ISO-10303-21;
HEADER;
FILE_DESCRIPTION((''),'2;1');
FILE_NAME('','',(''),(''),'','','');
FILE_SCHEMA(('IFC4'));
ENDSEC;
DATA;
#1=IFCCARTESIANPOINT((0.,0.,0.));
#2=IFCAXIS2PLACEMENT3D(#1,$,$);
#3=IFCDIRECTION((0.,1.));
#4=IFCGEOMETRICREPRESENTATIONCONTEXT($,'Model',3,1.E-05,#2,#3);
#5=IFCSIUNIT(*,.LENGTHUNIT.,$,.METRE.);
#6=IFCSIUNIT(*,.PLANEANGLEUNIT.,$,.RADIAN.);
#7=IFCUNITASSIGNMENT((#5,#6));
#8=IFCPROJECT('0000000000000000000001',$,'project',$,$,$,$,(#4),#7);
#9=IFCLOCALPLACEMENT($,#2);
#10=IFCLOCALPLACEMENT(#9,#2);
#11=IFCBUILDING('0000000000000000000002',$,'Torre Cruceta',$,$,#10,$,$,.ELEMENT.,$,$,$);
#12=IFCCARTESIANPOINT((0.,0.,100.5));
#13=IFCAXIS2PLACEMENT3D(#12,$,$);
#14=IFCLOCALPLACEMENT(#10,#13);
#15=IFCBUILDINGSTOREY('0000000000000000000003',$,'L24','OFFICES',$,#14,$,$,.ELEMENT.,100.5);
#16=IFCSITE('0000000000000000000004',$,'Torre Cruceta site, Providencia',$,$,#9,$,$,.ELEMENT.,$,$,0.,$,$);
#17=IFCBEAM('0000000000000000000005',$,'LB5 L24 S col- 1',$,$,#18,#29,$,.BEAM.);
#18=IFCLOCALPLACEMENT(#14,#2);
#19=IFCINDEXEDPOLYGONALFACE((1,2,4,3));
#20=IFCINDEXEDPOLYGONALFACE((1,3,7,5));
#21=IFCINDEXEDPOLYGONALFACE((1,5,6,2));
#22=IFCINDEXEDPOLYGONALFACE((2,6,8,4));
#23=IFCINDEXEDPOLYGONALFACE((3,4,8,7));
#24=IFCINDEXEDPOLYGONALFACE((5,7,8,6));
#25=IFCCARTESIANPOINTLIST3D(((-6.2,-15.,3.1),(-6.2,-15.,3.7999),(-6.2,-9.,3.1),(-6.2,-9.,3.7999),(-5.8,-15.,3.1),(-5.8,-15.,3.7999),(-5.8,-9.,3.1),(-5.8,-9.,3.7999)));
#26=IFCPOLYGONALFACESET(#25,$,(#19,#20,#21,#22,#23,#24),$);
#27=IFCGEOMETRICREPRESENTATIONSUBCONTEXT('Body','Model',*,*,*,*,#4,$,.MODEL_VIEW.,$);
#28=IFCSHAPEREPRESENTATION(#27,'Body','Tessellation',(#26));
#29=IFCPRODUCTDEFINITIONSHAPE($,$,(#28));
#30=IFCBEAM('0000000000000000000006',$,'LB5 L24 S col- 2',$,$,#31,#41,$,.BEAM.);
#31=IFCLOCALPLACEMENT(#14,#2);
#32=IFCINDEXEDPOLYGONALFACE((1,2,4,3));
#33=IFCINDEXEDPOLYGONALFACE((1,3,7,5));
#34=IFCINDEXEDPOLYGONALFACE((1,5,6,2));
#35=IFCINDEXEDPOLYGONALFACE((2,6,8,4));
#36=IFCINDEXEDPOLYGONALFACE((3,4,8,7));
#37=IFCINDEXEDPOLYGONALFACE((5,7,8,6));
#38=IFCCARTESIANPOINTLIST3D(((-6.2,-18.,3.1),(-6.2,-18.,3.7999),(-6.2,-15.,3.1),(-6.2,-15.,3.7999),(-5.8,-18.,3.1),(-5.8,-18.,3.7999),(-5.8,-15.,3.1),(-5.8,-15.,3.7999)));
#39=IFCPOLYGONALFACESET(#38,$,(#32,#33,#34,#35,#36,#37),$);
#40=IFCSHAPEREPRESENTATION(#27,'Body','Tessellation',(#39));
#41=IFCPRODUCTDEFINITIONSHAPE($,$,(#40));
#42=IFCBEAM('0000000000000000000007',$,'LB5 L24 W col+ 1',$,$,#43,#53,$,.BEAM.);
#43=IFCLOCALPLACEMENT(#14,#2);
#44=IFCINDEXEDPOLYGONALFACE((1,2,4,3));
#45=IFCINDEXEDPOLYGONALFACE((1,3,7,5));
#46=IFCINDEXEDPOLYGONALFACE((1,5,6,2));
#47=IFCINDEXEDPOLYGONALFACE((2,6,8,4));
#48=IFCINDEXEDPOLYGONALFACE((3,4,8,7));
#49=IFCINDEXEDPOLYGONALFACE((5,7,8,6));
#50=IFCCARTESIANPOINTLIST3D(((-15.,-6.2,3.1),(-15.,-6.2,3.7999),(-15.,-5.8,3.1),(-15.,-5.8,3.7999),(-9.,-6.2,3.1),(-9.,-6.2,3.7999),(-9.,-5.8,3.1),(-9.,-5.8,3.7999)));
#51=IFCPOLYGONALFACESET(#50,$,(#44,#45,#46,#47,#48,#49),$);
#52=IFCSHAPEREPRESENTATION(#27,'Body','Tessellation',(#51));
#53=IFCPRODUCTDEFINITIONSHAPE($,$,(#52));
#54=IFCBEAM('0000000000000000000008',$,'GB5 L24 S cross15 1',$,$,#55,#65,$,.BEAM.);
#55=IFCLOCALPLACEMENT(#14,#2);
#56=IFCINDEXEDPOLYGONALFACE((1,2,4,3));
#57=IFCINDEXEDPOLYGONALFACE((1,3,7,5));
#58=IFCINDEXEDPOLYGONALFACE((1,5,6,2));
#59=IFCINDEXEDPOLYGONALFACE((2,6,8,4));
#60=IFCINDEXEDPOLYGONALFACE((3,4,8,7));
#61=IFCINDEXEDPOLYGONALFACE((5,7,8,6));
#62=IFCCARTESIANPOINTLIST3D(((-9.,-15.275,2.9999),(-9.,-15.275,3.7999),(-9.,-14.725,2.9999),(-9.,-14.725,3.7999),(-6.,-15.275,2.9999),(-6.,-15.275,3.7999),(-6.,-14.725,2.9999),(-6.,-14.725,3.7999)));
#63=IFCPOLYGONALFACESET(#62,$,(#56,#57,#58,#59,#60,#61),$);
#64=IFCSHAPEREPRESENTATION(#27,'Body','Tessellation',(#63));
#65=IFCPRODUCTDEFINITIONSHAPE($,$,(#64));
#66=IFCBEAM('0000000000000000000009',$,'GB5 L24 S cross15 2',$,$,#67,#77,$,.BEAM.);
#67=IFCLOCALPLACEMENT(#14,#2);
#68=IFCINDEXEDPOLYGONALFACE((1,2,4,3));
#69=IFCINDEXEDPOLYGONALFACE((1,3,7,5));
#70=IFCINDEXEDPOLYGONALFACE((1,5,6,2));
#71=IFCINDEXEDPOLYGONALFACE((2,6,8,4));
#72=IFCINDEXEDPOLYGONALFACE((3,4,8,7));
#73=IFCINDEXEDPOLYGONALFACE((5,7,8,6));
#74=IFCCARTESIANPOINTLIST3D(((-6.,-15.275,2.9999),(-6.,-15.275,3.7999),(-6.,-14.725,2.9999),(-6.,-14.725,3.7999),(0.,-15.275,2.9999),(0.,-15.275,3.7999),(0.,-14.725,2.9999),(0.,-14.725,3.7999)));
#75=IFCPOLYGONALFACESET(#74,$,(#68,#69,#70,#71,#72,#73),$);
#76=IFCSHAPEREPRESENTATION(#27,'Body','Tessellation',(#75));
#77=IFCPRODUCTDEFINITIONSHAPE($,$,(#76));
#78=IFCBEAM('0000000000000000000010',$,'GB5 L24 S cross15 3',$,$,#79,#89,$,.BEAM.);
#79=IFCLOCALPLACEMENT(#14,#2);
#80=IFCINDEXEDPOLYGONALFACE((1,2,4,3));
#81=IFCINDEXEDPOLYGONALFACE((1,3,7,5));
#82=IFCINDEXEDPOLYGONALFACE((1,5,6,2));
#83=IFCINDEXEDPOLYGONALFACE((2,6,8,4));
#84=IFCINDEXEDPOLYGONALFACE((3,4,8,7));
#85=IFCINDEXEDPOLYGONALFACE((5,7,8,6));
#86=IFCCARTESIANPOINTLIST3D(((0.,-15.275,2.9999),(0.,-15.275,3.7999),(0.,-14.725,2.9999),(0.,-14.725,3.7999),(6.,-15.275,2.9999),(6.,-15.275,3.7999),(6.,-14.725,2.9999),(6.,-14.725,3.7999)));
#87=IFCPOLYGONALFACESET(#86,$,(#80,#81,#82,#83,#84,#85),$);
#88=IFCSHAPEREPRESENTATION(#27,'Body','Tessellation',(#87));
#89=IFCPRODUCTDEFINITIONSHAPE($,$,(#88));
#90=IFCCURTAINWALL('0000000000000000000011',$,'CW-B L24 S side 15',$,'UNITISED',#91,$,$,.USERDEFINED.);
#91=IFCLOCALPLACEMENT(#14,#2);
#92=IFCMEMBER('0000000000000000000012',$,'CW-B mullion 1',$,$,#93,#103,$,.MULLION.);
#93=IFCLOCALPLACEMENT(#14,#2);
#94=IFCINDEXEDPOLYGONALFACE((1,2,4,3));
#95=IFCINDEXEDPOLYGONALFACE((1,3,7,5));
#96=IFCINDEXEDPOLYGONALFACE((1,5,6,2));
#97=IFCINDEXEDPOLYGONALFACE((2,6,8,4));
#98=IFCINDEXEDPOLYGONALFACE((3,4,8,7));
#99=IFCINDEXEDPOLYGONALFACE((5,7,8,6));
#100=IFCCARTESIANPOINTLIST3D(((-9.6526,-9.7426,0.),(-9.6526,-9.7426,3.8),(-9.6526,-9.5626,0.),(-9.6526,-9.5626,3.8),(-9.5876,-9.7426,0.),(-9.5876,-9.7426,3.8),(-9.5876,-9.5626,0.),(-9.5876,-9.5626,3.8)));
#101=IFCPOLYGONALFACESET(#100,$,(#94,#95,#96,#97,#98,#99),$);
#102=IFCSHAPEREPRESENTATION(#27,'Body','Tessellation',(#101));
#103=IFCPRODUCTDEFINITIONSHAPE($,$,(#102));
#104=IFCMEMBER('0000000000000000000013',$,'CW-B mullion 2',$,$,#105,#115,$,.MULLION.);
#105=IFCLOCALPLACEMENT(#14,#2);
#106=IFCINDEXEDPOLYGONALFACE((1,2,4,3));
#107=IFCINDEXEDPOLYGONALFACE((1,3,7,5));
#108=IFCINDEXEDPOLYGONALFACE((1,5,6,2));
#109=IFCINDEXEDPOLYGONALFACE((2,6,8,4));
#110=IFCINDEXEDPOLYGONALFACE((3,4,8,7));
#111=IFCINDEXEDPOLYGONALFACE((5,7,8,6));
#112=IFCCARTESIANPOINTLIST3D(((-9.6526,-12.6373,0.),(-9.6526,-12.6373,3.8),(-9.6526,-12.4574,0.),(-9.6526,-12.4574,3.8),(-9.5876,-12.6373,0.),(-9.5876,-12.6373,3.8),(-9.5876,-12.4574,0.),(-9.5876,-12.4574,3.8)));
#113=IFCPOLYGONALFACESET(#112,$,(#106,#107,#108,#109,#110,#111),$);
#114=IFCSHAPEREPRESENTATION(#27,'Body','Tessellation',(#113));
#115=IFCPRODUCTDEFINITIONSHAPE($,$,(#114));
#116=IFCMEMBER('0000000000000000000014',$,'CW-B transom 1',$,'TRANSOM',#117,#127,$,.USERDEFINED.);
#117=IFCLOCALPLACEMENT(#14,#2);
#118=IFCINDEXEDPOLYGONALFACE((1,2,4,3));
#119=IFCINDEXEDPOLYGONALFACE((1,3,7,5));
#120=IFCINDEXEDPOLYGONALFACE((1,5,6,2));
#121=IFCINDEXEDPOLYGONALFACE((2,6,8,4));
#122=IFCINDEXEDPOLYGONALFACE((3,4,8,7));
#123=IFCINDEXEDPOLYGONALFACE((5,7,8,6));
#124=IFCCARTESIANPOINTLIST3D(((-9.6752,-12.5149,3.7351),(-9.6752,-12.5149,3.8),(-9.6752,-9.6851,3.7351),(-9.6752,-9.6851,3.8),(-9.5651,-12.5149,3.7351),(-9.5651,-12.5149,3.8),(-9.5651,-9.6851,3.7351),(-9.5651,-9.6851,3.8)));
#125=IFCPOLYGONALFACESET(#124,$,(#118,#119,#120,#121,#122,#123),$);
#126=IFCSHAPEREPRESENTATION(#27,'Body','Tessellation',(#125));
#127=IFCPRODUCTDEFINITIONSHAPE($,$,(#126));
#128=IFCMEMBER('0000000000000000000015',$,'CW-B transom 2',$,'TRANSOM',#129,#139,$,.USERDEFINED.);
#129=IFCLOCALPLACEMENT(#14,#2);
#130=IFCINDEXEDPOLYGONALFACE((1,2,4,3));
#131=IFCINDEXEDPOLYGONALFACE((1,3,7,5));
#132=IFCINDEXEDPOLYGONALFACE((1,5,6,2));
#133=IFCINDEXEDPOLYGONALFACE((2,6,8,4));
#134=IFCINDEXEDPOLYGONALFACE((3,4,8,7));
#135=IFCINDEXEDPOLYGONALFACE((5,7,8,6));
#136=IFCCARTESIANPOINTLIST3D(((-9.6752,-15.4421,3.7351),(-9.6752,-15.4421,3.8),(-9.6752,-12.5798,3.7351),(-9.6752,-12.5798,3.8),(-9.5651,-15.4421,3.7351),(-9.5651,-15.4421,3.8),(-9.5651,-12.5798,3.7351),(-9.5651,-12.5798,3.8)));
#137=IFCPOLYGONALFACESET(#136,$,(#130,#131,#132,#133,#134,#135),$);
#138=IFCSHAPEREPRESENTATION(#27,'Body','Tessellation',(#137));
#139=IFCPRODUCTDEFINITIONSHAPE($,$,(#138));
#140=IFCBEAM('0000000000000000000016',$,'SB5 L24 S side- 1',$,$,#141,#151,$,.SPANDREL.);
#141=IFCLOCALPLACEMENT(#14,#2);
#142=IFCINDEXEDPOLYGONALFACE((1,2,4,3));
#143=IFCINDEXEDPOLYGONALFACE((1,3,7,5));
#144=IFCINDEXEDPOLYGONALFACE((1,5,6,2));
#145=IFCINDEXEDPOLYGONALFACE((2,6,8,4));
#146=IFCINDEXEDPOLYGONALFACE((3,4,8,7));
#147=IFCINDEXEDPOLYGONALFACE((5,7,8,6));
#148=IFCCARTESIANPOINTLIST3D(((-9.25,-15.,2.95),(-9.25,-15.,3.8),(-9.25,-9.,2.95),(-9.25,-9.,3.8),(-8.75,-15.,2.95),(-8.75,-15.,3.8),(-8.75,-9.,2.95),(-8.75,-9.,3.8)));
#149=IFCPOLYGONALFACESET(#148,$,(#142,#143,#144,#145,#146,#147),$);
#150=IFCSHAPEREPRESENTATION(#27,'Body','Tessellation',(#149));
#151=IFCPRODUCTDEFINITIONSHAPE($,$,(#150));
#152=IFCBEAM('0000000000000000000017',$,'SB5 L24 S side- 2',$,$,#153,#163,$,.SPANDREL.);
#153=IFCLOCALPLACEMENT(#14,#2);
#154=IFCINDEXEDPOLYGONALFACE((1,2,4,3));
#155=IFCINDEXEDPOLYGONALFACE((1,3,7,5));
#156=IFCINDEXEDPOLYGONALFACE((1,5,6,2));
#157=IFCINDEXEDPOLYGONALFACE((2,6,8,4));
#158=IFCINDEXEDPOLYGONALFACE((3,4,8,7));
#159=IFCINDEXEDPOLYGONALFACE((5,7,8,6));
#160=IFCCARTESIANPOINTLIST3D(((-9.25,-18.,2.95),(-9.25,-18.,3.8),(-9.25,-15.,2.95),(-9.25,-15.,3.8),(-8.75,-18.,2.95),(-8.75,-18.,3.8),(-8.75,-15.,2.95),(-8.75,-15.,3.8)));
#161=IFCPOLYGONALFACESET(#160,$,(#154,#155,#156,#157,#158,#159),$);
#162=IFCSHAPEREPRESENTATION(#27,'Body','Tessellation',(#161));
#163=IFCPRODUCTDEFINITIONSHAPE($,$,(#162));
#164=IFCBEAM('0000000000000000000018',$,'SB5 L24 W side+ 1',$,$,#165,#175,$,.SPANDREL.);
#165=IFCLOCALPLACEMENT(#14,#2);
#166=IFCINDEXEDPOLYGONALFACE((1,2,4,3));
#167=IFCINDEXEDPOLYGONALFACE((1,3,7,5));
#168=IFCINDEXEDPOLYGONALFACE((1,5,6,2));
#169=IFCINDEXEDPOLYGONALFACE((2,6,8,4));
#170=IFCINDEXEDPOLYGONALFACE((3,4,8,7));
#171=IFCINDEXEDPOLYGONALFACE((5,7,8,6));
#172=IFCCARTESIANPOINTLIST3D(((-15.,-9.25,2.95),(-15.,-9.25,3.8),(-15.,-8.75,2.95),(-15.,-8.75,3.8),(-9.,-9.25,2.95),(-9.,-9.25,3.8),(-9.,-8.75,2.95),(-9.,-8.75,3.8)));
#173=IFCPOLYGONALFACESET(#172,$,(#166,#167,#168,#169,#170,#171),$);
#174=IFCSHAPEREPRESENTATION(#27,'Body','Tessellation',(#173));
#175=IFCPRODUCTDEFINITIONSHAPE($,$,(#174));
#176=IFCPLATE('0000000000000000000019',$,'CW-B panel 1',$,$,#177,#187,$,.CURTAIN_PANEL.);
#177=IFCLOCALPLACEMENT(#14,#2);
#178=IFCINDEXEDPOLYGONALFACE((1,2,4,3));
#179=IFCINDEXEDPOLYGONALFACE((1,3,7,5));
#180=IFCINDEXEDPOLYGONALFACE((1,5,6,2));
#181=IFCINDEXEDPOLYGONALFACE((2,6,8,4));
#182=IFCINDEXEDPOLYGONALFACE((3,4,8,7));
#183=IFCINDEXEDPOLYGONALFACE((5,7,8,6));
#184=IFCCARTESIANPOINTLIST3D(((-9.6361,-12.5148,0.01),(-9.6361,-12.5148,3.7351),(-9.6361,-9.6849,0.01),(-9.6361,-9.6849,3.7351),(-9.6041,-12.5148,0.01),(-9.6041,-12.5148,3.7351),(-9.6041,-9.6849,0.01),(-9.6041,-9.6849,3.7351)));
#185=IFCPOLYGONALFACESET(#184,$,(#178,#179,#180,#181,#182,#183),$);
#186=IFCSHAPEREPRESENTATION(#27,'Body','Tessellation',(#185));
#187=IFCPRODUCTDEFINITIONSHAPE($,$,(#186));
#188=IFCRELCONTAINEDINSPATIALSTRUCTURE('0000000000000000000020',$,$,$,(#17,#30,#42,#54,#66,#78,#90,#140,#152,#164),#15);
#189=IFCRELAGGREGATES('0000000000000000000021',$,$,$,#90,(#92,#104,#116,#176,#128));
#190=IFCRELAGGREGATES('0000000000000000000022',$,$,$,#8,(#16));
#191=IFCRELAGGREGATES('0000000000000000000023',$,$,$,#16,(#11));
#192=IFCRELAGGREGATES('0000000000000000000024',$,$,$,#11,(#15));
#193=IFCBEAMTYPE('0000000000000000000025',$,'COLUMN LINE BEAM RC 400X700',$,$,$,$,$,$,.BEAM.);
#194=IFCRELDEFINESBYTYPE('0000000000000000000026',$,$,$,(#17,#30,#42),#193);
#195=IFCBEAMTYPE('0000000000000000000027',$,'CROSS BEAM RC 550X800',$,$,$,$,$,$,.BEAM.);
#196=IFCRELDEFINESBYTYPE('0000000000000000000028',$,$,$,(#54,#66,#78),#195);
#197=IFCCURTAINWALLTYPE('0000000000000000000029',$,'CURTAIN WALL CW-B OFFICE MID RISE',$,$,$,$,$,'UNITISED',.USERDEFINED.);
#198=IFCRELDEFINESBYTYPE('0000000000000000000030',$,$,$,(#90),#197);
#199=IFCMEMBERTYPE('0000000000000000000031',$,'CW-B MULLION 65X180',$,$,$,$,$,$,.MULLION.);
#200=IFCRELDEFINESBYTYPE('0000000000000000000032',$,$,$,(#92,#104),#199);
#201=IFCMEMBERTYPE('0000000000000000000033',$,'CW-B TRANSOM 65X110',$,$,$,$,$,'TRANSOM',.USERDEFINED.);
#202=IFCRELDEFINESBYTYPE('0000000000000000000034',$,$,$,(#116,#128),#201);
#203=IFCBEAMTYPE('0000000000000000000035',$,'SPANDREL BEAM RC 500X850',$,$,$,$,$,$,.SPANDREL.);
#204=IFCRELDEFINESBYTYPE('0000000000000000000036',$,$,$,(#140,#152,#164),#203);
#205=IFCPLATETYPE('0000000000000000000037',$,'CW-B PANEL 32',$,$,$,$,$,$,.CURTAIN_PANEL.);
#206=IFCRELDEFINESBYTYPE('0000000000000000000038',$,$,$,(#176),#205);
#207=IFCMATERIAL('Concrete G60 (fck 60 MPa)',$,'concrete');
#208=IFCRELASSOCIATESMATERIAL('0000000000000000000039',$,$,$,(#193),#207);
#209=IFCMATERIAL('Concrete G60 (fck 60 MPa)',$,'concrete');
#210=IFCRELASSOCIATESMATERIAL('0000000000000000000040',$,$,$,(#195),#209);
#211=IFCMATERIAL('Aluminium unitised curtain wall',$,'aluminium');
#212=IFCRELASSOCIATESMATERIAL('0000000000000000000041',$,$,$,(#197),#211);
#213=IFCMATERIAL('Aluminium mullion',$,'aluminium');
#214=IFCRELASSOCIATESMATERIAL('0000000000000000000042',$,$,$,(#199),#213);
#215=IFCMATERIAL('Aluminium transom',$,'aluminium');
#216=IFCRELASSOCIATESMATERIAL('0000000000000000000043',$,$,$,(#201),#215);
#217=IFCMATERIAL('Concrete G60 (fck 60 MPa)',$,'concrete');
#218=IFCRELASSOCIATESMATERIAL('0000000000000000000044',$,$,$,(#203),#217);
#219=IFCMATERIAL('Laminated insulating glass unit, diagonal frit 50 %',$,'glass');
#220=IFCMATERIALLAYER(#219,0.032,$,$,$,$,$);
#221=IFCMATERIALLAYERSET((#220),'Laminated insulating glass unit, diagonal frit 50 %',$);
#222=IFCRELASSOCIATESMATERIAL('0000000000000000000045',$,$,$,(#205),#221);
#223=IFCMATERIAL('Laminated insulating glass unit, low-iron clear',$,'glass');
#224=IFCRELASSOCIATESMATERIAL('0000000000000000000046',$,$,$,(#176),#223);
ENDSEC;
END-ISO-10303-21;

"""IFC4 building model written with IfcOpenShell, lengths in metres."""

from ifc_helpers import new_model, si_unit, direction, frame, origin, origin_2d, place, context, subcontext, project, spatial, rectangle, extrude, material, layer, layer_set, material_profile, profile_set, type_object, element, aggregate, save


model = new_model("IFC4")

# Units and contexts
model_context = context("Model", 3, precision=1e-05, world=origin(), true_north=direction((0.0, 1.0)))
body_context = subcontext(model_context, "Body", "Model", "MODEL_VIEW")
ifc_project = project(units=[si_unit("LENGTHUNIT", "METRE"), si_unit("PLANEANGLEUNIT", "RADIAN")], contexts=[model_context])

# Site, building, storey
site_placement = place(None, origin())
site = spatial("IfcSite", under=ifc_project, at=site_placement, Name="Torre Cruceta site, Providencia", CompositionType="ELEMENT", RefElevation=0.0)
building_placement = place(site_placement, origin())
building = spatial("IfcBuilding", under=site, at=building_placement, Name="Torre Cruceta", CompositionType="ELEMENT")
storey_placement = place(building_placement, frame((0.0, 0.0, 100.5)))
storey = spatial("IfcBuildingStorey", under=building, at=storey_placement, Name="L24", Description="OFFICES", CompositionType="ELEMENT", Elevation=100.5)

# Beams
ifc_material_1 = material(Name="Concrete G60 (fck 60 MPa)", Category="concrete")
ifc_material_profile_1 = material_profile(ifc_material_1, rectangle(XDim=0.3999, YDim=0.7, at=origin_2d()), Name="RC 400X700")
ifc_profile_set_1 = profile_set([ifc_material_profile_1], Name="Concrete G60 (fck 60 MPa)")
beam_type_1 = type_object("IfcBeamType", Name="COLUMN LINE BEAM RC 400X700", PredefinedType="BEAM", material=ifc_profile_set_1)
beam_1_placement = place(storey_placement, frame((-6.0, -9.0, 3.45), z_axis=(0.0, -1.0, 0.0), x_axis=(1.0, 0.0, 0.0)))
element("IfcBeam", 1, at=beam_1_placement, inside=storey, type_object=beam_type_1, Name="LB5 L24 S col- 1", PredefinedType="BEAM", context=body_context, shape_type="SweptSolid", body=[
    extrude(rectangle(XDim=0.3999, YDim=0.7, at=origin_2d()), origin(), (0.0, 0.0, 1.0), 6.0),
])
beam_2_placement = place(storey_placement, frame((-6.0, -15.0, 3.45), z_axis=(0.0, -1.0, 0.0), x_axis=(1.0, 0.0, 0.0)))
element("IfcBeam", 2, at=beam_2_placement, inside=storey, type_object=beam_type_1, Name="LB5 L24 S col- 2", PredefinedType="BEAM", context=body_context, shape_type="SweptSolid", body=[
    extrude(rectangle(XDim=0.3999, YDim=0.7, at=origin_2d()), origin(), (0.0, 0.0, 1.0), 3.0),
])
beam_3_placement = place(storey_placement, frame((-9.0, -6.0, 3.45), z_axis=(-1.0, 0.0, 0.0), x_axis=(0.0, -1.0, 0.0)))
element("IfcBeam", 3, at=beam_3_placement, inside=storey, type_object=beam_type_1, Name="LB5 L24 W col+ 1", PredefinedType="BEAM", context=body_context, shape_type="SweptSolid", body=[
    extrude(rectangle(XDim=0.3999, YDim=0.7, at=origin_2d()), origin(), (0.0, 0.0, 1.0), 6.0),
])
ifc_material_2 = material(Name="Concrete G60 (fck 60 MPa)", Category="concrete")
ifc_material_profile_2 = material_profile(ifc_material_2, rectangle(XDim=0.55, YDim=0.8, at=origin_2d()), Name="RC 550X800")
ifc_profile_set_2 = profile_set([ifc_material_profile_2], Name="Concrete G60 (fck 60 MPa)")
beam_type_2 = type_object("IfcBeamType", Name="CROSS BEAM RC 550X800", PredefinedType="BEAM", material=ifc_profile_set_2)
beam_4_placement = place(storey_placement, frame((-9.0, -15.0, 3.3999), z_axis=(1.0, 0.0, 0.0), x_axis=(0.0, 1.0, 0.0)))
element("IfcBeam", 4, at=beam_4_placement, inside=storey, type_object=beam_type_2, Name="GB5 L24 S cross15 1", PredefinedType="BEAM", context=body_context, shape_type="SweptSolid", body=[
    extrude(rectangle(XDim=0.55, YDim=0.8, at=origin_2d()), origin(), (0.0, 0.0, 1.0), 3.0),
])
for number, where, z_axis, x_axis, name in (
    (5, (-6.0, -15.0, 3.3999), (1.0, 0.0, 0.0), (0.0, 1.0, 0.0), "GB5 L24 S cross15 2"),
    (6, (0.0, -15.0, 3.3999), (1.0, 0.0, 0.0), (0.0, 1.0, 0.0), "GB5 L24 S cross15 3"),
):
    element("IfcBeam", number, at=place(storey_placement, frame(where, z_axis=z_axis, x_axis=x_axis)), inside=storey, type_object=beam_type_2, Name=name, PredefinedType="BEAM", context=body_context, shape_type="SweptSolid", body=[
        extrude(rectangle(XDim=0.55, YDim=0.8, at=origin_2d()), origin(), (0.0, 0.0, 1.0), 6.0),
    ])

# Curtain wall, members
ifc_material_3 = material(Name="Aluminium unitised curtain wall", Category="aluminium")
curtain_wall_type = type_object("IfcCurtainWallType", Name="CURTAIN WALL CW-B OFFICE MID RISE", ElementType="UNITISED", PredefinedType="USERDEFINED", material=ifc_material_3)
curtain_wall_placement = place(storey_placement, origin())
curtain_wall = element("IfcCurtainWall", 7, at=curtain_wall_placement, inside=storey, type_object=curtain_wall_type, Name="CW-B L24 S side 15", ObjectType="UNITISED", PredefinedType="USERDEFINED")
ifc_material_4 = material(Name="Aluminium mullion", Category="aluminium")
ifc_material_profile_3 = material_profile(ifc_material_4, rectangle(XDim=0.0649, YDim=0.1799, at=origin_2d()), Name="AL 65X180")
ifc_profile_set_3 = profile_set([ifc_material_profile_3], Name="Aluminium mullion")
member_type_1 = type_object("IfcMemberType", Name="CW-B MULLION 65X180", PredefinedType="MULLION", material=ifc_profile_set_3)
member_1_placement = place(storey_placement, frame((-9.6201, -9.6526, 0.0), z_axis=(0.0, 0.0, 1.0), x_axis=(1.0, 0.0, 0.0)))
member_1 = element("IfcMember", 8, at=member_1_placement, type_object=member_type_1, Name="CW-B mullion 1", PredefinedType="MULLION", context=body_context, shape_type="SweptSolid", body=[
    extrude(rectangle(XDim=0.0649, YDim=0.1799, at=origin_2d()), origin(), (0.0, 0.0, 1.0), 3.8),
])
member_2_placement = place(storey_placement, frame((-9.6201, -12.5474, 0.0), z_axis=(0.0, 0.0, 1.0), x_axis=(1.0, 0.0, 0.0)))
member_2 = element("IfcMember", 9, at=member_2_placement, type_object=member_type_1, Name="CW-B mullion 2", PredefinedType="MULLION", context=body_context, shape_type="SweptSolid", body=[
    extrude(rectangle(XDim=0.0649, YDim=0.1799, at=origin_2d()), origin(), (0.0, 0.0, 1.0), 3.8),
])
ifc_material_5 = material(Name="Aluminium transom", Category="aluminium")
ifc_material_profile_4 = material_profile(ifc_material_5, rectangle(XDim=0.1101, YDim=0.0649, at=origin_2d()), Name="AL 110X65")
ifc_profile_set_4 = profile_set([ifc_material_profile_4], Name="Aluminium transom")
member_type_2 = type_object("IfcMemberType", Name="CW-B TRANSOM 65X110", ElementType="TRANSOM", PredefinedType="USERDEFINED", material=ifc_profile_set_4)
member_3_placement = place(storey_placement, frame((-9.6201, -9.6851, 3.7676), z_axis=(0.0, -1.0, 0.0), x_axis=(1.0, 0.0, 0.0)))
member_3 = element("IfcMember", 10, at=member_3_placement, type_object=member_type_2, Name="CW-B transom 1", ObjectType="TRANSOM", PredefinedType="USERDEFINED", context=body_context, shape_type="SweptSolid", body=[
    extrude(rectangle(XDim=0.1101, YDim=0.0649, at=origin_2d()), origin(), (0.0, 0.0, 1.0), 2.8298),
])
member_4_placement = place(storey_placement, frame((-9.6201, -12.5798, 3.7676), z_axis=(0.0, -1.0, 0.0), x_axis=(1.0, 0.0, 0.0)))
member_4 = element("IfcMember", 11, at=member_4_placement, type_object=member_type_2, Name="CW-B transom 2", ObjectType="TRANSOM", PredefinedType="USERDEFINED", context=body_context, shape_type="SweptSolid", body=[
    extrude(rectangle(XDim=0.1101, YDim=0.0649, at=origin_2d()), origin(), (0.0, 0.0, 1.0), 2.8623),
])

# Beams
ifc_material_6 = material(Name="Concrete G60 (fck 60 MPa)", Category="concrete")
ifc_material_profile_5 = material_profile(ifc_material_6, rectangle(XDim=0.5, YDim=0.8501, at=origin_2d()), Name="RC 500X850")
ifc_profile_set_5 = profile_set([ifc_material_profile_5], Name="Concrete G60 (fck 60 MPa)")
beam_type_3 = type_object("IfcBeamType", Name="SPANDREL BEAM RC 500X850", PredefinedType="SPANDREL", material=ifc_profile_set_5)
beam_5_placement = place(storey_placement, frame((-9.0, -9.0, 3.375), z_axis=(0.0, -1.0, 0.0), x_axis=(1.0, 0.0, 0.0)))
element("IfcBeam", 12, at=beam_5_placement, inside=storey, type_object=beam_type_3, Name="SB5 L24 S side- 1", PredefinedType="SPANDREL", context=body_context, shape_type="SweptSolid", body=[
    extrude(rectangle(XDim=0.5, YDim=0.8501, at=origin_2d()), origin(), (0.0, 0.0, 1.0), 6.0),
])
beam_6_placement = place(storey_placement, frame((-9.0, -15.0, 3.375), z_axis=(0.0, -1.0, 0.0), x_axis=(1.0, 0.0, 0.0)))
element("IfcBeam", 13, at=beam_6_placement, inside=storey, type_object=beam_type_3, Name="SB5 L24 S side- 2", PredefinedType="SPANDREL", context=body_context, shape_type="SweptSolid", body=[
    extrude(rectangle(XDim=0.5, YDim=0.8501, at=origin_2d()), origin(), (0.0, 0.0, 1.0), 3.0),
])
beam_7_placement = place(storey_placement, frame((-9.0, -9.0, 3.375), z_axis=(-1.0, 0.0, 0.0), x_axis=(0.0, -1.0, 0.0)))
element("IfcBeam", 14, at=beam_7_placement, inside=storey, type_object=beam_type_3, Name="SB5 L24 W side+ 1", PredefinedType="SPANDREL", context=body_context, shape_type="SweptSolid", body=[
    extrude(rectangle(XDim=0.5, YDim=0.8501, at=origin_2d()), origin(), (0.0, 0.0, 1.0), 6.0),
])

# Plate
ifc_material_7 = material(Name="Laminated insulating glass unit, low-iron clear", Category="glass")
ifc_material_8 = material(Name="Laminated insulating glass unit, diagonal frit 50 %", Category="glass")
ifc_layer_1 = layer(ifc_material_8, 0.032)
ifc_layer_set_1 = layer_set([ifc_layer_1], Name="Laminated insulating glass unit, diagonal frit 50 %")
plate_type = type_object("IfcPlateType", Name="CW-B PANEL 32", PredefinedType="CURTAIN_PANEL", material=ifc_layer_set_1)
plate_1_placement = place(storey_placement, frame((-9.6201, -11.0999, 0.01), z_axis=(0.0, 0.0, 1.0), x_axis=(0.0, -1.0, 0.0)))
plate_1 = element("IfcPlate", 15, at=plate_1_placement, type_object=plate_type, material=ifc_material_7, Name="CW-B panel 1", PredefinedType="CURTAIN_PANEL", context=body_context, shape_type="SweptSolid", body=[
    extrude(rectangle(XDim=2.8298, YDim=0.032, at=origin_2d()), origin(), (0.0, 0.0, 1.0), 3.7251),
])
aggregate(curtain_wall, [member_1, member_2, member_3, plate_1, member_4])

save(model, "model.ifc")
